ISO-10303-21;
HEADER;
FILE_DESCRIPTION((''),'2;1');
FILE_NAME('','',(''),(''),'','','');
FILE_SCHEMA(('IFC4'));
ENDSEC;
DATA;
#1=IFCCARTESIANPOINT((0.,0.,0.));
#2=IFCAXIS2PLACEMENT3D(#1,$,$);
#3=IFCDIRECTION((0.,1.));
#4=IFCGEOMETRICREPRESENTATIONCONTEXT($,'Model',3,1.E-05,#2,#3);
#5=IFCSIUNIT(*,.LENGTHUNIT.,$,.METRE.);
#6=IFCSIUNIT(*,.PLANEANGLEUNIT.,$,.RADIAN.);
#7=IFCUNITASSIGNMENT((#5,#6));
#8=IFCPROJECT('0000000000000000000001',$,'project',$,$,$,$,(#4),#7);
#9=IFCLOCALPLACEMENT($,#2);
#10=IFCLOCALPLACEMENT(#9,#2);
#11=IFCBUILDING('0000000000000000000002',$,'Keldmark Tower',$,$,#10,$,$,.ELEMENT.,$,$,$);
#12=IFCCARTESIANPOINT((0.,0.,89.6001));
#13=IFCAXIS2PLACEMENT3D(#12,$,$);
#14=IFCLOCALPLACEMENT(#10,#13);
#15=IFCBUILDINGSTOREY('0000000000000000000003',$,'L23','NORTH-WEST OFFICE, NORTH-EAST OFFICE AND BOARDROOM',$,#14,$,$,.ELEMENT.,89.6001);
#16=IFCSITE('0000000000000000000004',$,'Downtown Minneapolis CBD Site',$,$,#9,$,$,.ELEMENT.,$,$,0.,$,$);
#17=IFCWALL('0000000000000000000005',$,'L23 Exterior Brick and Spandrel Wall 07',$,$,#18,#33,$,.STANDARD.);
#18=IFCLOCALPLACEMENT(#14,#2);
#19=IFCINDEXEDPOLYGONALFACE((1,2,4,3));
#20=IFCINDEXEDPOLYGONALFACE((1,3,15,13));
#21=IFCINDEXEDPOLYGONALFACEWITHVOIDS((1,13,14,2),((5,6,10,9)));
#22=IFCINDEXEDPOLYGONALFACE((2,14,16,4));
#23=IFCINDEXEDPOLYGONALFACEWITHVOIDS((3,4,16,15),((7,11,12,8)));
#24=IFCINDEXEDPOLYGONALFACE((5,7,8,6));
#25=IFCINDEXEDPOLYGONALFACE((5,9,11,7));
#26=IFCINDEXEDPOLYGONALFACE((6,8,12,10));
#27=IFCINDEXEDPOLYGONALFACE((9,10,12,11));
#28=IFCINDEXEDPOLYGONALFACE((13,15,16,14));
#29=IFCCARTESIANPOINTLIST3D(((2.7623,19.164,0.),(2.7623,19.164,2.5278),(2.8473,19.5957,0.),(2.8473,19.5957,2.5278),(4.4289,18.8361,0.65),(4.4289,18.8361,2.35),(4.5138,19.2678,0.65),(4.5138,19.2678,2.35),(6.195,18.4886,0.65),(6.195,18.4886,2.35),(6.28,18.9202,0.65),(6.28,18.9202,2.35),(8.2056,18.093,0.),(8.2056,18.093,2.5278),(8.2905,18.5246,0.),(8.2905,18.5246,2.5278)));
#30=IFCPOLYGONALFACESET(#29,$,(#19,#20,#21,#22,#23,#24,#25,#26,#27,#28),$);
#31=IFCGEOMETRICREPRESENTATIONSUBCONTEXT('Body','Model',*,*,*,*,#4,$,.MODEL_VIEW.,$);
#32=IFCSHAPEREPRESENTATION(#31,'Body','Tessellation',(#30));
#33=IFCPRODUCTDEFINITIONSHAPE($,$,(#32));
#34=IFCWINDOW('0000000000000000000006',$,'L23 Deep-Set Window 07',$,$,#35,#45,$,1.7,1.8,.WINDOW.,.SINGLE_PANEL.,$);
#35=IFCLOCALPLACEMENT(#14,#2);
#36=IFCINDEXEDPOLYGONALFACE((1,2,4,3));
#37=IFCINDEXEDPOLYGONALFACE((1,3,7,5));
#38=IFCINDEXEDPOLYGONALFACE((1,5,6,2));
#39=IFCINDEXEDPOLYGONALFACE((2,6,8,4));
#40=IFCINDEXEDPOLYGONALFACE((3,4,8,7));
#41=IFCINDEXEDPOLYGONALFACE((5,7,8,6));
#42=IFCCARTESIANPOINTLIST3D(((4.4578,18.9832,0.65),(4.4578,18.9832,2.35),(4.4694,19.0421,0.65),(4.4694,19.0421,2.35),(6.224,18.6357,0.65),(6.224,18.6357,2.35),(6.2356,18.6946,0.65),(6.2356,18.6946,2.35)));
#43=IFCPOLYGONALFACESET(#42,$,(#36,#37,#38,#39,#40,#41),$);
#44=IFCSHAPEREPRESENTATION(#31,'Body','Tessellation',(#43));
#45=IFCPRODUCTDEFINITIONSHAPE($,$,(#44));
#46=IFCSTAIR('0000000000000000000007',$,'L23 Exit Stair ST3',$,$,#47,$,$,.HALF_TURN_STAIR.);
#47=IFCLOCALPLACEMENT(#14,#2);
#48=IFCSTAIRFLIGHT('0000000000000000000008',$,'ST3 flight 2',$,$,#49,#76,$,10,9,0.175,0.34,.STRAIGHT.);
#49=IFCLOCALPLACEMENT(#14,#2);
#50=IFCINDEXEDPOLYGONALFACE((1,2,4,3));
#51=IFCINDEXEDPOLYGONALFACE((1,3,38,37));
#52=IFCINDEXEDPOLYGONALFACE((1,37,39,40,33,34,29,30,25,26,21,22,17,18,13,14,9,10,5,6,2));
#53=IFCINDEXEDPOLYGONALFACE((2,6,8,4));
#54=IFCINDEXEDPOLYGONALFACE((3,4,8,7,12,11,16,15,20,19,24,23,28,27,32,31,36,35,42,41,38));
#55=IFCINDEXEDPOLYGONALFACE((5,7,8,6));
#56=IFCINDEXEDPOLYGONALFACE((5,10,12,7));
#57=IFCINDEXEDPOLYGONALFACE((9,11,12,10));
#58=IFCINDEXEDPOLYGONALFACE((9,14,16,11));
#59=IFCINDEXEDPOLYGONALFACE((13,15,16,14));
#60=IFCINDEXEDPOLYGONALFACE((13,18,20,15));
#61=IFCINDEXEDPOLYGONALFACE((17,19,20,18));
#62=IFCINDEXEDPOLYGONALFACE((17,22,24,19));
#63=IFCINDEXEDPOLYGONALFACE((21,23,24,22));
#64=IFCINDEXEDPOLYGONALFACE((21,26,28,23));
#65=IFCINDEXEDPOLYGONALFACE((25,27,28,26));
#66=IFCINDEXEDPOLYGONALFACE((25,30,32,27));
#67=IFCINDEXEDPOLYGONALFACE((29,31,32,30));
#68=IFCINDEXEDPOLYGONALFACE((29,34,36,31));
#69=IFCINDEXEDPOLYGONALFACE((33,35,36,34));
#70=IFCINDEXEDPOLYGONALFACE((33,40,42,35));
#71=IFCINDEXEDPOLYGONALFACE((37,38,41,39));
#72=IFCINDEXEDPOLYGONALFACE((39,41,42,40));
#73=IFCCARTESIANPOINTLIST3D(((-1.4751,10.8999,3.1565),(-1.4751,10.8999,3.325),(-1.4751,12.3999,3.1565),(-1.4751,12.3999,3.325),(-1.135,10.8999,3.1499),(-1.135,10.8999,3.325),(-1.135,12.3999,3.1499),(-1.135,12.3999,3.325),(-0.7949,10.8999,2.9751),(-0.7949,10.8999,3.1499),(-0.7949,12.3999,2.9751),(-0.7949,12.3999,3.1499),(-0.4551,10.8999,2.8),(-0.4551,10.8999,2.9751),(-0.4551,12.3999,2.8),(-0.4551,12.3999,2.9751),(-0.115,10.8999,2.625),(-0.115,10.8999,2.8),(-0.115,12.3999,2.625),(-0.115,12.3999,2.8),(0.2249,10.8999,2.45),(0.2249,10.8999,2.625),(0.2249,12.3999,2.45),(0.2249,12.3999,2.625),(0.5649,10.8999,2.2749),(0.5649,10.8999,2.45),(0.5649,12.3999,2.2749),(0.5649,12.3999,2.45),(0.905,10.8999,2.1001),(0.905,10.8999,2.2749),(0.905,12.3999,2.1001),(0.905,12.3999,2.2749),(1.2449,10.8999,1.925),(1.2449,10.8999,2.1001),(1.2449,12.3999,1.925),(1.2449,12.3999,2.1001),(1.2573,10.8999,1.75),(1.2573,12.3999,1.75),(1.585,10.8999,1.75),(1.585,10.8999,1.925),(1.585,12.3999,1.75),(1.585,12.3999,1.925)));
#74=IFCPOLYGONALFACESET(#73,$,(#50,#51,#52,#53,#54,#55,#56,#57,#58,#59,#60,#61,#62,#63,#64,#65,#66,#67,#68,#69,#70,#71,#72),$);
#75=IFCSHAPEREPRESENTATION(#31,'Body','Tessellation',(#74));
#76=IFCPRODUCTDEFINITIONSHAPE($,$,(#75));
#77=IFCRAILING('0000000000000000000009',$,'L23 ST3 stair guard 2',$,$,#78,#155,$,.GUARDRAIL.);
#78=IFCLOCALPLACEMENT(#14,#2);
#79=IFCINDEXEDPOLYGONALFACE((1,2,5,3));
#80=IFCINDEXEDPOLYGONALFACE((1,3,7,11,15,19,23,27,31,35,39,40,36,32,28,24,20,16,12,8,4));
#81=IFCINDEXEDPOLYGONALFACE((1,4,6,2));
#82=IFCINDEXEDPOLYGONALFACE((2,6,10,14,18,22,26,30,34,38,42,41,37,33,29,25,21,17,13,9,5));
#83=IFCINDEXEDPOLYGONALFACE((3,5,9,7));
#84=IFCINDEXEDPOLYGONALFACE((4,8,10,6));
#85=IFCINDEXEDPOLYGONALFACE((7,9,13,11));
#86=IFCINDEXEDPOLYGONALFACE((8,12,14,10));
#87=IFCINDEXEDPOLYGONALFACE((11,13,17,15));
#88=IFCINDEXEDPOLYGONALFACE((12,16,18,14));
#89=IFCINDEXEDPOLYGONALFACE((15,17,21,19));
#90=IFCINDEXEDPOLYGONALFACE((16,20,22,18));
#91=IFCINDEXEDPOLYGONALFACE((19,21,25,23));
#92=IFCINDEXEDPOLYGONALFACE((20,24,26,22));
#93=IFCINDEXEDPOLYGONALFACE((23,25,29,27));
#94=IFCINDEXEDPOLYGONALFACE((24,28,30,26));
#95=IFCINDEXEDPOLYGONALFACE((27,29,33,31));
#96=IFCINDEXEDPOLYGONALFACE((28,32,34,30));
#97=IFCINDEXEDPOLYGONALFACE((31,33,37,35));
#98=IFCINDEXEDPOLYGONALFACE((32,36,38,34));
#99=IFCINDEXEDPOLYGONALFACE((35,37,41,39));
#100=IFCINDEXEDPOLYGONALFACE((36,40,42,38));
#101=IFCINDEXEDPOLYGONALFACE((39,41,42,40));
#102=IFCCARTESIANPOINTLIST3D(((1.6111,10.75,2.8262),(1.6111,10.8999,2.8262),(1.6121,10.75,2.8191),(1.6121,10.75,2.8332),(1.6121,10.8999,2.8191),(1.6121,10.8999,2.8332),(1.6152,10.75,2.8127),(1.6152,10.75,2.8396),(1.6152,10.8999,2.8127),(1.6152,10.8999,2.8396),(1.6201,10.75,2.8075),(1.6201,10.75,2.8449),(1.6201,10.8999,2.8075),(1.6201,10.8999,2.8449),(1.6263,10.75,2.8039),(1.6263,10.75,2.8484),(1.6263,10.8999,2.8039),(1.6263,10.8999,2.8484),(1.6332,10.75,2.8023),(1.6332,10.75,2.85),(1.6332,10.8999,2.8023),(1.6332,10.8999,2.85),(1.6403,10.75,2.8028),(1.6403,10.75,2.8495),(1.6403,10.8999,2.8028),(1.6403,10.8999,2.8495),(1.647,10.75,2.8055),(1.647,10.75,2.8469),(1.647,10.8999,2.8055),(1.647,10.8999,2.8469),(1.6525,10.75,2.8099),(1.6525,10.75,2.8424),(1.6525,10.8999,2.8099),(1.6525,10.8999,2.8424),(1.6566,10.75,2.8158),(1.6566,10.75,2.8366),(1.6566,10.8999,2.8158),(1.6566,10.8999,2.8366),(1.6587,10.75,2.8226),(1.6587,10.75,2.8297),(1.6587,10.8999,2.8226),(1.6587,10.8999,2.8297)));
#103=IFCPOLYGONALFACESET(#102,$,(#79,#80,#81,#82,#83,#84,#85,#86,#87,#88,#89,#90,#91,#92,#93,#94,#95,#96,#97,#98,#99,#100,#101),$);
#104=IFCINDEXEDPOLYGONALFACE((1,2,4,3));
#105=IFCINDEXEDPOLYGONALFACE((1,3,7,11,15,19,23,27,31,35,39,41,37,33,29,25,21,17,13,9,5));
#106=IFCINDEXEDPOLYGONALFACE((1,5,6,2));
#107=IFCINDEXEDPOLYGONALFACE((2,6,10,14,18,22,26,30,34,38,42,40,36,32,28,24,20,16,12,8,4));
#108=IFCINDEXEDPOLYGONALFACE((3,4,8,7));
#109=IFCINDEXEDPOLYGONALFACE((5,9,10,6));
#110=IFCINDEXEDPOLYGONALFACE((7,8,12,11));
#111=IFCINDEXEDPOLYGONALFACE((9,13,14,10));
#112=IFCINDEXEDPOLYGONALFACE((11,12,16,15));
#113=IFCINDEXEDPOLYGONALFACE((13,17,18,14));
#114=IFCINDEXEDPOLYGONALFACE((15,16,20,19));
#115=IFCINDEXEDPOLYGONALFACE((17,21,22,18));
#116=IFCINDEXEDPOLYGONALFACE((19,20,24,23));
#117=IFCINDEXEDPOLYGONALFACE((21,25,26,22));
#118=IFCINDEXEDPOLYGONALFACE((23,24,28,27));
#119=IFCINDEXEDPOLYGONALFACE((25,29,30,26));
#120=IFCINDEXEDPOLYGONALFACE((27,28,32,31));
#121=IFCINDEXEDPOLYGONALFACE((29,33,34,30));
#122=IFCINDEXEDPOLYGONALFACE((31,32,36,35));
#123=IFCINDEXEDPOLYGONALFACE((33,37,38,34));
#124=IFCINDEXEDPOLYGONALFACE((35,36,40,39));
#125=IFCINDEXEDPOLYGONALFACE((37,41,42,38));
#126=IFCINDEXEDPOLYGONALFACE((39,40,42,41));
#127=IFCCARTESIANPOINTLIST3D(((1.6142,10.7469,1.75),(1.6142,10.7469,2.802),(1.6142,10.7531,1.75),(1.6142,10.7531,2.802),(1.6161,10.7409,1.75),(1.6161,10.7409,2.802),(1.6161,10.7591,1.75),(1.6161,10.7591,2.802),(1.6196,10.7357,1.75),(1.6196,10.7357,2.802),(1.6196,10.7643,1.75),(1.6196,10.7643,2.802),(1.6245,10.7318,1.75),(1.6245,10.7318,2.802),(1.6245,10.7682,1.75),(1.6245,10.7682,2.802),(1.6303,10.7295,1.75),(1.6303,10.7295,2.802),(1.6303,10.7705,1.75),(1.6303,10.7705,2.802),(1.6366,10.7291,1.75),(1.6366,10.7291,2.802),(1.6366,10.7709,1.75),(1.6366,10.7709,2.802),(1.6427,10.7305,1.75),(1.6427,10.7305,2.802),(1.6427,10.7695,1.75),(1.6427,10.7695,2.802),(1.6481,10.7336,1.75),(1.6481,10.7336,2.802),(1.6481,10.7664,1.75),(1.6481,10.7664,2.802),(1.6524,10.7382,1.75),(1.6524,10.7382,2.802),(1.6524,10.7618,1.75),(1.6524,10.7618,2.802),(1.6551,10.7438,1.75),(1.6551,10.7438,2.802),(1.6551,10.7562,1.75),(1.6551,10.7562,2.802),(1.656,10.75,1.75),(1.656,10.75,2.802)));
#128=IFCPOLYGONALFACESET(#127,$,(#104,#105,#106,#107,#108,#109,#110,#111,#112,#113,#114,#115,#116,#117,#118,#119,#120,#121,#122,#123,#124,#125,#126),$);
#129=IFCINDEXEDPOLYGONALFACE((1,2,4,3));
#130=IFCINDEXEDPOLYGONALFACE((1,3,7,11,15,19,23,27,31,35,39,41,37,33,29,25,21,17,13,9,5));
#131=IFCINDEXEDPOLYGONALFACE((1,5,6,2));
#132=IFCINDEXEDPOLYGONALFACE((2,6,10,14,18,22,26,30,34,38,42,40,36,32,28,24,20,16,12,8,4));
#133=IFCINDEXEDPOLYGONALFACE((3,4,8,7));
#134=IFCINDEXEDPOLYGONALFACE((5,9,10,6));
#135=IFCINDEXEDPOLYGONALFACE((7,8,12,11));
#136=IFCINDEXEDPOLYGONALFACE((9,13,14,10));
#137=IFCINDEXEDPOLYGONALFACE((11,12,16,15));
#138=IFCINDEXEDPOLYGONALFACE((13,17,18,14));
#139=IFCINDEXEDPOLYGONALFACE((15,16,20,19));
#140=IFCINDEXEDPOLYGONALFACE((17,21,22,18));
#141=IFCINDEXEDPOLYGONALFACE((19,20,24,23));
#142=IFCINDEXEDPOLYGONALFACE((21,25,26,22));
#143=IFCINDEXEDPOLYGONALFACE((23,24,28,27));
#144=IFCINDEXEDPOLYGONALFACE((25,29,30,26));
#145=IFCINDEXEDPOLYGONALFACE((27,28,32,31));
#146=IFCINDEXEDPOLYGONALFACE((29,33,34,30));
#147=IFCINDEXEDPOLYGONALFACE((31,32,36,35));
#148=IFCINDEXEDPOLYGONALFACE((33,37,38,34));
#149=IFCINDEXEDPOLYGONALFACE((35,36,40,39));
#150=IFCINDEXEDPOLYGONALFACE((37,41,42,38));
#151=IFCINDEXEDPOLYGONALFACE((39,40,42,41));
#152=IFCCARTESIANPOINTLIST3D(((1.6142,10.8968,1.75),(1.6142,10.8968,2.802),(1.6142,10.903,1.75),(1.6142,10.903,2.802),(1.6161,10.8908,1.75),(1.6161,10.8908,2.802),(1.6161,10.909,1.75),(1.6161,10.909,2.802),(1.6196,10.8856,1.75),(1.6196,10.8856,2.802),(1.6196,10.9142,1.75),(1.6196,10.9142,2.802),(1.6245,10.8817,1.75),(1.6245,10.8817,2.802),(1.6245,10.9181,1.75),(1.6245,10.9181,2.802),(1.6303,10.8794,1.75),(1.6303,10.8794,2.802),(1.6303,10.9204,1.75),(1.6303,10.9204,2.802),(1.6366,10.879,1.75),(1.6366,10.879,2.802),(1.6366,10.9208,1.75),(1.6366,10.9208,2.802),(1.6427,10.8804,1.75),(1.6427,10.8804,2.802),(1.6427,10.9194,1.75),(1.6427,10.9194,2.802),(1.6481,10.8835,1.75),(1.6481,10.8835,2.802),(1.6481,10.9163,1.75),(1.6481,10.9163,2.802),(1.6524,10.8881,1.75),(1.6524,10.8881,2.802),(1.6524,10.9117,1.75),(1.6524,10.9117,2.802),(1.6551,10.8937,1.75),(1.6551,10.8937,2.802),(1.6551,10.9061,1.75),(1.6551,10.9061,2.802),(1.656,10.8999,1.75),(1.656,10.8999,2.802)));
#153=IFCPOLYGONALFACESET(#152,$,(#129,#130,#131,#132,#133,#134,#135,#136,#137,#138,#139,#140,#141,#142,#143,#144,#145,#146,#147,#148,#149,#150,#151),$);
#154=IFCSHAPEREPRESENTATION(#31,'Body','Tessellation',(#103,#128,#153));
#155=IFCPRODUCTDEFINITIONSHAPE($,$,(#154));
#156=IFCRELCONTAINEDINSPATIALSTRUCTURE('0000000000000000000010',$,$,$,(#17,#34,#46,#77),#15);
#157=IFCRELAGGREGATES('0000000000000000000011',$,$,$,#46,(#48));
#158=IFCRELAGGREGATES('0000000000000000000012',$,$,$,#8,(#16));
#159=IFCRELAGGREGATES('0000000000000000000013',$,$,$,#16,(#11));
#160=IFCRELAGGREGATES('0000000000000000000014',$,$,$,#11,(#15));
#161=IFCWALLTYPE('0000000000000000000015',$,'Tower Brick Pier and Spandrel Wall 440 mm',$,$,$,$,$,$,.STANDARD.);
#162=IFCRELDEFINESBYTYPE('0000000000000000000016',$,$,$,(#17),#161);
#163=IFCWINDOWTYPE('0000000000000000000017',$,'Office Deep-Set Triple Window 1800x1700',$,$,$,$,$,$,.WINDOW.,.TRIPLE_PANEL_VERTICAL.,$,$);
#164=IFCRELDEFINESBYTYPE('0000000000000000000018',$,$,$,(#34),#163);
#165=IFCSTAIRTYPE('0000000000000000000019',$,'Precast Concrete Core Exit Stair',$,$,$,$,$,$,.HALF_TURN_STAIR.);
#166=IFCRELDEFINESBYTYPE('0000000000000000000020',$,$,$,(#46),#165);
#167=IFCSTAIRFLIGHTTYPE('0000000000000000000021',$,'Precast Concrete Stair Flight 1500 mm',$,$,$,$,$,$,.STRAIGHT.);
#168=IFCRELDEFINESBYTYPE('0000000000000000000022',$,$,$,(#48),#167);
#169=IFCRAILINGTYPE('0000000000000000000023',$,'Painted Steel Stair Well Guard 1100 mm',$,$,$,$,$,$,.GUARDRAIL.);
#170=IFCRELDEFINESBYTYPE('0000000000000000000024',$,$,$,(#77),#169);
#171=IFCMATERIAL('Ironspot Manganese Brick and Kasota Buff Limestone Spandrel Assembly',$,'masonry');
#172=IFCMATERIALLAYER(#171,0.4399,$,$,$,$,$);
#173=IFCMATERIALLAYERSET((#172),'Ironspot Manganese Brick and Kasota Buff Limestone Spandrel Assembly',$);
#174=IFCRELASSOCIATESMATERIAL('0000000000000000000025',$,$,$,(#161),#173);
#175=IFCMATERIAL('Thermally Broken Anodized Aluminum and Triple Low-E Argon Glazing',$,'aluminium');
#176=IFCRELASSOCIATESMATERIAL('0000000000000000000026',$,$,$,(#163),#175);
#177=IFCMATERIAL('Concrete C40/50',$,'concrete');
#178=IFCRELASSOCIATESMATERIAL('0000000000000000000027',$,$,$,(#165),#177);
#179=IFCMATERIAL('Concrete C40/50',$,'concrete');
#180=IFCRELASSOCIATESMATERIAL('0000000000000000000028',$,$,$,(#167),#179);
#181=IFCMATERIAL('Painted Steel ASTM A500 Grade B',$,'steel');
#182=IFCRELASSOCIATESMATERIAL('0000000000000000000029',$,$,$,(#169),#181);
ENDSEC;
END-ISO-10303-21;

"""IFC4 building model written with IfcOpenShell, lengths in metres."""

from ifc_helpers import new_model, si_unit, direction, frame, frame_2d, origin, origin_2d, place, context, subcontext, project, spatial, polyline, rectangle, circle, outline, extrude, material, layer, layer_set, type_object, element, fill, aggregate, save


model = new_model("IFC4")

# Units and contexts
model_context = context("Model", 3, precision=1e-05, world=origin(), true_north=direction((0.0, 1.0)))
body_context = subcontext(model_context, "Body", "Model", "MODEL_VIEW")
ifc_project = project(units=[si_unit("LENGTHUNIT", "METRE"), si_unit("PLANEANGLEUNIT", "RADIAN")], contexts=[model_context])

# Site, building, storey
site_placement = place(None, origin())
site = spatial("IfcSite", under=ifc_project, at=site_placement, Name="Downtown Minneapolis CBD Site", CompositionType="ELEMENT", RefElevation=0.0)
building_placement = place(site_placement, origin())
building = spatial("IfcBuilding", under=site, at=building_placement, Name="Keldmark Tower", CompositionType="ELEMENT")
storey_placement = place(building_placement, frame((0.0, 0.0, 89.6001)))
storey = spatial("IfcBuildingStorey", under=building, at=storey_placement, Name="L23", Description="NORTH-WEST OFFICE, NORTH-EAST OFFICE AND BOARDROOM", CompositionType="ELEMENT", Elevation=89.6001)

# Wall, opening, window
ifc_material_1 = material(Name="Ironspot Manganese Brick and Kasota Buff Limestone Spandrel Assembly", Category="masonry")
ifc_layer_1 = layer(ifc_material_1, 0.4399)
ifc_layer_set_1 = layer_set([ifc_layer_1], Name="Ironspot Manganese Brick and Kasota Buff Limestone Spandrel Assembly")
wall_type = type_object("IfcWallType", Name="Tower Brick Pier and Spandrel Wall 440 mm", PredefinedType="STANDARD", material=ifc_layer_set_1)
ifc_material_2 = material(Name="Thermally Broken Anodized Aluminum and Triple Low-E Argon Glazing", Category="aluminium")
window_type = type_object("IfcWindowType", Name="Office Deep-Set Triple Window 1800x1700", PartitioningType="TRIPLE_PANEL_VERTICAL", PredefinedType="WINDOW", material=ifc_material_2)
wall_1_placement = place(storey_placement, frame((2.8047, 19.3799, 0.0), z_axis=(0.0, 0.0, 1.0), x_axis=(0.981185, -0.193068, 0.0)))
wall_1 = element("IfcWall", 1, at=wall_1_placement, inside=storey, type_object=wall_type, Name="L23 Exterior Brick and Spandrel Wall 07", PredefinedType="STANDARD", context=body_context, shape_type="SweptSolid", body=[
    extrude(rectangle(XDim=5.5476, YDim=0.4399, at=frame_2d((2.7739, 0.0))), origin(), (0.0, 0.0, 1.0), 2.5278),
])
opening_1_placement = place(wall_1_placement, frame((1.6987, 0.0, 0.6499)))
opening_1 = element("IfcOpeningElement", 2, at=opening_1_placement, cuts=wall_1, PredefinedType="OPENING", context=body_context, shape_type="SweptSolid", body=[
    extrude(rectangle(XDim=1.8, YDim=1.7, at=frame_2d((0.8999, 0.8501))), frame((0.0, 0.23, 0.0), z_axis=(0.0, -1.0, 0.0), x_axis=(1.0, 0.0, 0.0)), (0.0, 0.0, 1.0), 0.46),
])
window_1_placement = place(opening_1_placement, origin())
window_1 = element("IfcWindow", 3, at=window_1_placement, inside=storey, type_object=window_type, Name="L23 Deep-Set Window 07", OverallHeight=1.7, OverallWidth=1.8, PartitioningType="SINGLE_PANEL", PredefinedType="WINDOW", context=body_context, shape_type="SweptSolid", body=[
    extrude(rectangle(XDim=1.8, YDim=1.7, at=frame_2d((0.8999, 0.8501))), frame((0.0, -0.01, 0.0), z_axis=(0.0, -1.0, 0.0), x_axis=(1.0, 0.0, 0.0)), (0.0, 0.0, 1.0), 0.0601),
])
fill(opening_1, window_1)

# Stair, stair flight
ifc_material_3 = material(Name="Concrete C40/50", Category="concrete")
stair_type = type_object("IfcStairType", Name="Precast Concrete Core Exit Stair", PredefinedType="HALF_TURN_STAIR", material=ifc_material_3)
stair_placement = place(storey_placement, origin())
stair = element("IfcStair", 4, at=stair_placement, inside=storey, type_object=stair_type, Name="L23 Exit Stair ST3", PredefinedType="HALF_TURN_STAIR")
ifc_material_4 = material(Name="Concrete C40/50", Category="concrete")
stair_flight_type = type_object("IfcStairFlightType", Name="Precast Concrete Stair Flight 1500 mm", PredefinedType="STRAIGHT", material=ifc_material_4)
stair_flight_placement = place(storey_placement, frame((1.585, 11.6499, 1.75), z_axis=(0.0, 0.0, 1.0), x_axis=(-1.0, 0.0, 0.0)))
stair_flight = element("IfcStairFlight", 5, at=stair_flight_placement, type_object=stair_flight_type, Name="ST3 flight 2", NumberOfRisers=10, NumberOfTreads=9, PredefinedType="STRAIGHT", RiserHeight=0.175, TreadLength=0.34, context=body_context, shape_type="SweptSolid", body=[
    extrude(outline(polyline([(0.0, 0.0), (0.0, 0.175), (0.3401, 0.175), (0.3401, 0.3501), (0.6799, 0.3501), (0.6799, 0.5249), (1.02, 0.5249), (1.02, 0.7), (1.3601, 0.7), (1.3601, 0.875), (1.7, 0.875), (1.7, 1.05), (2.04, 1.05), (2.04, 1.2251), (2.3799, 1.2251), (2.3799, 1.3999), (2.72, 1.3999), (2.72, 1.575), (3.0601, 1.575), (3.0601, 1.75), (3.0601, 1.4065), (0.3276, 0.0), (0.0, 0.0)])), frame((0.0, 0.75, 0.0), z_axis=(0.0, -1.0, 0.0), x_axis=(1.0, 0.0, 0.0)), (0.0, 0.0, 1.0), 1.5),
])
aggregate(stair, [stair_flight])

# Railing
ifc_material_5 = material(Name="Painted Steel ASTM A500 Grade B", Category="steel")
railing_type_1 = type_object("IfcRailingType", Name="Painted Steel Stair Well Guard 1100 mm", PredefinedType="GUARDRAIL", material=ifc_material_5)
railing_1_placement = place(storey_placement, frame((1.635, 10.75, 1.75)))
element("IfcRailing", 6, at=railing_1_placement, inside=storey, type_object=railing_type_1, Name="L23 ST3 stair guard 2", PredefinedType="GUARDRAIL", context=body_context, shape_type="SweptSolid", body=[
    extrude(circle(Radius=0.0239, at=origin_2d()), frame((0.0, 0.0, 1.0762), z_axis=(0.0, 1.0, 0.0), x_axis=(-1.0, 0.0, 0.0)), (0.0, 0.0, 1.0), 0.1499),
    extrude(circle(Radius=0.021, at=origin_2d()), origin(), (0.0, 0.0, 1.0), 1.052),
    extrude(circle(Radius=0.021, at=origin_2d()), frame((0.0, 0.1499, 0.0)), (0.0, 0.0, 1.0), 1.052),
])

save(model, "model.ifc")
